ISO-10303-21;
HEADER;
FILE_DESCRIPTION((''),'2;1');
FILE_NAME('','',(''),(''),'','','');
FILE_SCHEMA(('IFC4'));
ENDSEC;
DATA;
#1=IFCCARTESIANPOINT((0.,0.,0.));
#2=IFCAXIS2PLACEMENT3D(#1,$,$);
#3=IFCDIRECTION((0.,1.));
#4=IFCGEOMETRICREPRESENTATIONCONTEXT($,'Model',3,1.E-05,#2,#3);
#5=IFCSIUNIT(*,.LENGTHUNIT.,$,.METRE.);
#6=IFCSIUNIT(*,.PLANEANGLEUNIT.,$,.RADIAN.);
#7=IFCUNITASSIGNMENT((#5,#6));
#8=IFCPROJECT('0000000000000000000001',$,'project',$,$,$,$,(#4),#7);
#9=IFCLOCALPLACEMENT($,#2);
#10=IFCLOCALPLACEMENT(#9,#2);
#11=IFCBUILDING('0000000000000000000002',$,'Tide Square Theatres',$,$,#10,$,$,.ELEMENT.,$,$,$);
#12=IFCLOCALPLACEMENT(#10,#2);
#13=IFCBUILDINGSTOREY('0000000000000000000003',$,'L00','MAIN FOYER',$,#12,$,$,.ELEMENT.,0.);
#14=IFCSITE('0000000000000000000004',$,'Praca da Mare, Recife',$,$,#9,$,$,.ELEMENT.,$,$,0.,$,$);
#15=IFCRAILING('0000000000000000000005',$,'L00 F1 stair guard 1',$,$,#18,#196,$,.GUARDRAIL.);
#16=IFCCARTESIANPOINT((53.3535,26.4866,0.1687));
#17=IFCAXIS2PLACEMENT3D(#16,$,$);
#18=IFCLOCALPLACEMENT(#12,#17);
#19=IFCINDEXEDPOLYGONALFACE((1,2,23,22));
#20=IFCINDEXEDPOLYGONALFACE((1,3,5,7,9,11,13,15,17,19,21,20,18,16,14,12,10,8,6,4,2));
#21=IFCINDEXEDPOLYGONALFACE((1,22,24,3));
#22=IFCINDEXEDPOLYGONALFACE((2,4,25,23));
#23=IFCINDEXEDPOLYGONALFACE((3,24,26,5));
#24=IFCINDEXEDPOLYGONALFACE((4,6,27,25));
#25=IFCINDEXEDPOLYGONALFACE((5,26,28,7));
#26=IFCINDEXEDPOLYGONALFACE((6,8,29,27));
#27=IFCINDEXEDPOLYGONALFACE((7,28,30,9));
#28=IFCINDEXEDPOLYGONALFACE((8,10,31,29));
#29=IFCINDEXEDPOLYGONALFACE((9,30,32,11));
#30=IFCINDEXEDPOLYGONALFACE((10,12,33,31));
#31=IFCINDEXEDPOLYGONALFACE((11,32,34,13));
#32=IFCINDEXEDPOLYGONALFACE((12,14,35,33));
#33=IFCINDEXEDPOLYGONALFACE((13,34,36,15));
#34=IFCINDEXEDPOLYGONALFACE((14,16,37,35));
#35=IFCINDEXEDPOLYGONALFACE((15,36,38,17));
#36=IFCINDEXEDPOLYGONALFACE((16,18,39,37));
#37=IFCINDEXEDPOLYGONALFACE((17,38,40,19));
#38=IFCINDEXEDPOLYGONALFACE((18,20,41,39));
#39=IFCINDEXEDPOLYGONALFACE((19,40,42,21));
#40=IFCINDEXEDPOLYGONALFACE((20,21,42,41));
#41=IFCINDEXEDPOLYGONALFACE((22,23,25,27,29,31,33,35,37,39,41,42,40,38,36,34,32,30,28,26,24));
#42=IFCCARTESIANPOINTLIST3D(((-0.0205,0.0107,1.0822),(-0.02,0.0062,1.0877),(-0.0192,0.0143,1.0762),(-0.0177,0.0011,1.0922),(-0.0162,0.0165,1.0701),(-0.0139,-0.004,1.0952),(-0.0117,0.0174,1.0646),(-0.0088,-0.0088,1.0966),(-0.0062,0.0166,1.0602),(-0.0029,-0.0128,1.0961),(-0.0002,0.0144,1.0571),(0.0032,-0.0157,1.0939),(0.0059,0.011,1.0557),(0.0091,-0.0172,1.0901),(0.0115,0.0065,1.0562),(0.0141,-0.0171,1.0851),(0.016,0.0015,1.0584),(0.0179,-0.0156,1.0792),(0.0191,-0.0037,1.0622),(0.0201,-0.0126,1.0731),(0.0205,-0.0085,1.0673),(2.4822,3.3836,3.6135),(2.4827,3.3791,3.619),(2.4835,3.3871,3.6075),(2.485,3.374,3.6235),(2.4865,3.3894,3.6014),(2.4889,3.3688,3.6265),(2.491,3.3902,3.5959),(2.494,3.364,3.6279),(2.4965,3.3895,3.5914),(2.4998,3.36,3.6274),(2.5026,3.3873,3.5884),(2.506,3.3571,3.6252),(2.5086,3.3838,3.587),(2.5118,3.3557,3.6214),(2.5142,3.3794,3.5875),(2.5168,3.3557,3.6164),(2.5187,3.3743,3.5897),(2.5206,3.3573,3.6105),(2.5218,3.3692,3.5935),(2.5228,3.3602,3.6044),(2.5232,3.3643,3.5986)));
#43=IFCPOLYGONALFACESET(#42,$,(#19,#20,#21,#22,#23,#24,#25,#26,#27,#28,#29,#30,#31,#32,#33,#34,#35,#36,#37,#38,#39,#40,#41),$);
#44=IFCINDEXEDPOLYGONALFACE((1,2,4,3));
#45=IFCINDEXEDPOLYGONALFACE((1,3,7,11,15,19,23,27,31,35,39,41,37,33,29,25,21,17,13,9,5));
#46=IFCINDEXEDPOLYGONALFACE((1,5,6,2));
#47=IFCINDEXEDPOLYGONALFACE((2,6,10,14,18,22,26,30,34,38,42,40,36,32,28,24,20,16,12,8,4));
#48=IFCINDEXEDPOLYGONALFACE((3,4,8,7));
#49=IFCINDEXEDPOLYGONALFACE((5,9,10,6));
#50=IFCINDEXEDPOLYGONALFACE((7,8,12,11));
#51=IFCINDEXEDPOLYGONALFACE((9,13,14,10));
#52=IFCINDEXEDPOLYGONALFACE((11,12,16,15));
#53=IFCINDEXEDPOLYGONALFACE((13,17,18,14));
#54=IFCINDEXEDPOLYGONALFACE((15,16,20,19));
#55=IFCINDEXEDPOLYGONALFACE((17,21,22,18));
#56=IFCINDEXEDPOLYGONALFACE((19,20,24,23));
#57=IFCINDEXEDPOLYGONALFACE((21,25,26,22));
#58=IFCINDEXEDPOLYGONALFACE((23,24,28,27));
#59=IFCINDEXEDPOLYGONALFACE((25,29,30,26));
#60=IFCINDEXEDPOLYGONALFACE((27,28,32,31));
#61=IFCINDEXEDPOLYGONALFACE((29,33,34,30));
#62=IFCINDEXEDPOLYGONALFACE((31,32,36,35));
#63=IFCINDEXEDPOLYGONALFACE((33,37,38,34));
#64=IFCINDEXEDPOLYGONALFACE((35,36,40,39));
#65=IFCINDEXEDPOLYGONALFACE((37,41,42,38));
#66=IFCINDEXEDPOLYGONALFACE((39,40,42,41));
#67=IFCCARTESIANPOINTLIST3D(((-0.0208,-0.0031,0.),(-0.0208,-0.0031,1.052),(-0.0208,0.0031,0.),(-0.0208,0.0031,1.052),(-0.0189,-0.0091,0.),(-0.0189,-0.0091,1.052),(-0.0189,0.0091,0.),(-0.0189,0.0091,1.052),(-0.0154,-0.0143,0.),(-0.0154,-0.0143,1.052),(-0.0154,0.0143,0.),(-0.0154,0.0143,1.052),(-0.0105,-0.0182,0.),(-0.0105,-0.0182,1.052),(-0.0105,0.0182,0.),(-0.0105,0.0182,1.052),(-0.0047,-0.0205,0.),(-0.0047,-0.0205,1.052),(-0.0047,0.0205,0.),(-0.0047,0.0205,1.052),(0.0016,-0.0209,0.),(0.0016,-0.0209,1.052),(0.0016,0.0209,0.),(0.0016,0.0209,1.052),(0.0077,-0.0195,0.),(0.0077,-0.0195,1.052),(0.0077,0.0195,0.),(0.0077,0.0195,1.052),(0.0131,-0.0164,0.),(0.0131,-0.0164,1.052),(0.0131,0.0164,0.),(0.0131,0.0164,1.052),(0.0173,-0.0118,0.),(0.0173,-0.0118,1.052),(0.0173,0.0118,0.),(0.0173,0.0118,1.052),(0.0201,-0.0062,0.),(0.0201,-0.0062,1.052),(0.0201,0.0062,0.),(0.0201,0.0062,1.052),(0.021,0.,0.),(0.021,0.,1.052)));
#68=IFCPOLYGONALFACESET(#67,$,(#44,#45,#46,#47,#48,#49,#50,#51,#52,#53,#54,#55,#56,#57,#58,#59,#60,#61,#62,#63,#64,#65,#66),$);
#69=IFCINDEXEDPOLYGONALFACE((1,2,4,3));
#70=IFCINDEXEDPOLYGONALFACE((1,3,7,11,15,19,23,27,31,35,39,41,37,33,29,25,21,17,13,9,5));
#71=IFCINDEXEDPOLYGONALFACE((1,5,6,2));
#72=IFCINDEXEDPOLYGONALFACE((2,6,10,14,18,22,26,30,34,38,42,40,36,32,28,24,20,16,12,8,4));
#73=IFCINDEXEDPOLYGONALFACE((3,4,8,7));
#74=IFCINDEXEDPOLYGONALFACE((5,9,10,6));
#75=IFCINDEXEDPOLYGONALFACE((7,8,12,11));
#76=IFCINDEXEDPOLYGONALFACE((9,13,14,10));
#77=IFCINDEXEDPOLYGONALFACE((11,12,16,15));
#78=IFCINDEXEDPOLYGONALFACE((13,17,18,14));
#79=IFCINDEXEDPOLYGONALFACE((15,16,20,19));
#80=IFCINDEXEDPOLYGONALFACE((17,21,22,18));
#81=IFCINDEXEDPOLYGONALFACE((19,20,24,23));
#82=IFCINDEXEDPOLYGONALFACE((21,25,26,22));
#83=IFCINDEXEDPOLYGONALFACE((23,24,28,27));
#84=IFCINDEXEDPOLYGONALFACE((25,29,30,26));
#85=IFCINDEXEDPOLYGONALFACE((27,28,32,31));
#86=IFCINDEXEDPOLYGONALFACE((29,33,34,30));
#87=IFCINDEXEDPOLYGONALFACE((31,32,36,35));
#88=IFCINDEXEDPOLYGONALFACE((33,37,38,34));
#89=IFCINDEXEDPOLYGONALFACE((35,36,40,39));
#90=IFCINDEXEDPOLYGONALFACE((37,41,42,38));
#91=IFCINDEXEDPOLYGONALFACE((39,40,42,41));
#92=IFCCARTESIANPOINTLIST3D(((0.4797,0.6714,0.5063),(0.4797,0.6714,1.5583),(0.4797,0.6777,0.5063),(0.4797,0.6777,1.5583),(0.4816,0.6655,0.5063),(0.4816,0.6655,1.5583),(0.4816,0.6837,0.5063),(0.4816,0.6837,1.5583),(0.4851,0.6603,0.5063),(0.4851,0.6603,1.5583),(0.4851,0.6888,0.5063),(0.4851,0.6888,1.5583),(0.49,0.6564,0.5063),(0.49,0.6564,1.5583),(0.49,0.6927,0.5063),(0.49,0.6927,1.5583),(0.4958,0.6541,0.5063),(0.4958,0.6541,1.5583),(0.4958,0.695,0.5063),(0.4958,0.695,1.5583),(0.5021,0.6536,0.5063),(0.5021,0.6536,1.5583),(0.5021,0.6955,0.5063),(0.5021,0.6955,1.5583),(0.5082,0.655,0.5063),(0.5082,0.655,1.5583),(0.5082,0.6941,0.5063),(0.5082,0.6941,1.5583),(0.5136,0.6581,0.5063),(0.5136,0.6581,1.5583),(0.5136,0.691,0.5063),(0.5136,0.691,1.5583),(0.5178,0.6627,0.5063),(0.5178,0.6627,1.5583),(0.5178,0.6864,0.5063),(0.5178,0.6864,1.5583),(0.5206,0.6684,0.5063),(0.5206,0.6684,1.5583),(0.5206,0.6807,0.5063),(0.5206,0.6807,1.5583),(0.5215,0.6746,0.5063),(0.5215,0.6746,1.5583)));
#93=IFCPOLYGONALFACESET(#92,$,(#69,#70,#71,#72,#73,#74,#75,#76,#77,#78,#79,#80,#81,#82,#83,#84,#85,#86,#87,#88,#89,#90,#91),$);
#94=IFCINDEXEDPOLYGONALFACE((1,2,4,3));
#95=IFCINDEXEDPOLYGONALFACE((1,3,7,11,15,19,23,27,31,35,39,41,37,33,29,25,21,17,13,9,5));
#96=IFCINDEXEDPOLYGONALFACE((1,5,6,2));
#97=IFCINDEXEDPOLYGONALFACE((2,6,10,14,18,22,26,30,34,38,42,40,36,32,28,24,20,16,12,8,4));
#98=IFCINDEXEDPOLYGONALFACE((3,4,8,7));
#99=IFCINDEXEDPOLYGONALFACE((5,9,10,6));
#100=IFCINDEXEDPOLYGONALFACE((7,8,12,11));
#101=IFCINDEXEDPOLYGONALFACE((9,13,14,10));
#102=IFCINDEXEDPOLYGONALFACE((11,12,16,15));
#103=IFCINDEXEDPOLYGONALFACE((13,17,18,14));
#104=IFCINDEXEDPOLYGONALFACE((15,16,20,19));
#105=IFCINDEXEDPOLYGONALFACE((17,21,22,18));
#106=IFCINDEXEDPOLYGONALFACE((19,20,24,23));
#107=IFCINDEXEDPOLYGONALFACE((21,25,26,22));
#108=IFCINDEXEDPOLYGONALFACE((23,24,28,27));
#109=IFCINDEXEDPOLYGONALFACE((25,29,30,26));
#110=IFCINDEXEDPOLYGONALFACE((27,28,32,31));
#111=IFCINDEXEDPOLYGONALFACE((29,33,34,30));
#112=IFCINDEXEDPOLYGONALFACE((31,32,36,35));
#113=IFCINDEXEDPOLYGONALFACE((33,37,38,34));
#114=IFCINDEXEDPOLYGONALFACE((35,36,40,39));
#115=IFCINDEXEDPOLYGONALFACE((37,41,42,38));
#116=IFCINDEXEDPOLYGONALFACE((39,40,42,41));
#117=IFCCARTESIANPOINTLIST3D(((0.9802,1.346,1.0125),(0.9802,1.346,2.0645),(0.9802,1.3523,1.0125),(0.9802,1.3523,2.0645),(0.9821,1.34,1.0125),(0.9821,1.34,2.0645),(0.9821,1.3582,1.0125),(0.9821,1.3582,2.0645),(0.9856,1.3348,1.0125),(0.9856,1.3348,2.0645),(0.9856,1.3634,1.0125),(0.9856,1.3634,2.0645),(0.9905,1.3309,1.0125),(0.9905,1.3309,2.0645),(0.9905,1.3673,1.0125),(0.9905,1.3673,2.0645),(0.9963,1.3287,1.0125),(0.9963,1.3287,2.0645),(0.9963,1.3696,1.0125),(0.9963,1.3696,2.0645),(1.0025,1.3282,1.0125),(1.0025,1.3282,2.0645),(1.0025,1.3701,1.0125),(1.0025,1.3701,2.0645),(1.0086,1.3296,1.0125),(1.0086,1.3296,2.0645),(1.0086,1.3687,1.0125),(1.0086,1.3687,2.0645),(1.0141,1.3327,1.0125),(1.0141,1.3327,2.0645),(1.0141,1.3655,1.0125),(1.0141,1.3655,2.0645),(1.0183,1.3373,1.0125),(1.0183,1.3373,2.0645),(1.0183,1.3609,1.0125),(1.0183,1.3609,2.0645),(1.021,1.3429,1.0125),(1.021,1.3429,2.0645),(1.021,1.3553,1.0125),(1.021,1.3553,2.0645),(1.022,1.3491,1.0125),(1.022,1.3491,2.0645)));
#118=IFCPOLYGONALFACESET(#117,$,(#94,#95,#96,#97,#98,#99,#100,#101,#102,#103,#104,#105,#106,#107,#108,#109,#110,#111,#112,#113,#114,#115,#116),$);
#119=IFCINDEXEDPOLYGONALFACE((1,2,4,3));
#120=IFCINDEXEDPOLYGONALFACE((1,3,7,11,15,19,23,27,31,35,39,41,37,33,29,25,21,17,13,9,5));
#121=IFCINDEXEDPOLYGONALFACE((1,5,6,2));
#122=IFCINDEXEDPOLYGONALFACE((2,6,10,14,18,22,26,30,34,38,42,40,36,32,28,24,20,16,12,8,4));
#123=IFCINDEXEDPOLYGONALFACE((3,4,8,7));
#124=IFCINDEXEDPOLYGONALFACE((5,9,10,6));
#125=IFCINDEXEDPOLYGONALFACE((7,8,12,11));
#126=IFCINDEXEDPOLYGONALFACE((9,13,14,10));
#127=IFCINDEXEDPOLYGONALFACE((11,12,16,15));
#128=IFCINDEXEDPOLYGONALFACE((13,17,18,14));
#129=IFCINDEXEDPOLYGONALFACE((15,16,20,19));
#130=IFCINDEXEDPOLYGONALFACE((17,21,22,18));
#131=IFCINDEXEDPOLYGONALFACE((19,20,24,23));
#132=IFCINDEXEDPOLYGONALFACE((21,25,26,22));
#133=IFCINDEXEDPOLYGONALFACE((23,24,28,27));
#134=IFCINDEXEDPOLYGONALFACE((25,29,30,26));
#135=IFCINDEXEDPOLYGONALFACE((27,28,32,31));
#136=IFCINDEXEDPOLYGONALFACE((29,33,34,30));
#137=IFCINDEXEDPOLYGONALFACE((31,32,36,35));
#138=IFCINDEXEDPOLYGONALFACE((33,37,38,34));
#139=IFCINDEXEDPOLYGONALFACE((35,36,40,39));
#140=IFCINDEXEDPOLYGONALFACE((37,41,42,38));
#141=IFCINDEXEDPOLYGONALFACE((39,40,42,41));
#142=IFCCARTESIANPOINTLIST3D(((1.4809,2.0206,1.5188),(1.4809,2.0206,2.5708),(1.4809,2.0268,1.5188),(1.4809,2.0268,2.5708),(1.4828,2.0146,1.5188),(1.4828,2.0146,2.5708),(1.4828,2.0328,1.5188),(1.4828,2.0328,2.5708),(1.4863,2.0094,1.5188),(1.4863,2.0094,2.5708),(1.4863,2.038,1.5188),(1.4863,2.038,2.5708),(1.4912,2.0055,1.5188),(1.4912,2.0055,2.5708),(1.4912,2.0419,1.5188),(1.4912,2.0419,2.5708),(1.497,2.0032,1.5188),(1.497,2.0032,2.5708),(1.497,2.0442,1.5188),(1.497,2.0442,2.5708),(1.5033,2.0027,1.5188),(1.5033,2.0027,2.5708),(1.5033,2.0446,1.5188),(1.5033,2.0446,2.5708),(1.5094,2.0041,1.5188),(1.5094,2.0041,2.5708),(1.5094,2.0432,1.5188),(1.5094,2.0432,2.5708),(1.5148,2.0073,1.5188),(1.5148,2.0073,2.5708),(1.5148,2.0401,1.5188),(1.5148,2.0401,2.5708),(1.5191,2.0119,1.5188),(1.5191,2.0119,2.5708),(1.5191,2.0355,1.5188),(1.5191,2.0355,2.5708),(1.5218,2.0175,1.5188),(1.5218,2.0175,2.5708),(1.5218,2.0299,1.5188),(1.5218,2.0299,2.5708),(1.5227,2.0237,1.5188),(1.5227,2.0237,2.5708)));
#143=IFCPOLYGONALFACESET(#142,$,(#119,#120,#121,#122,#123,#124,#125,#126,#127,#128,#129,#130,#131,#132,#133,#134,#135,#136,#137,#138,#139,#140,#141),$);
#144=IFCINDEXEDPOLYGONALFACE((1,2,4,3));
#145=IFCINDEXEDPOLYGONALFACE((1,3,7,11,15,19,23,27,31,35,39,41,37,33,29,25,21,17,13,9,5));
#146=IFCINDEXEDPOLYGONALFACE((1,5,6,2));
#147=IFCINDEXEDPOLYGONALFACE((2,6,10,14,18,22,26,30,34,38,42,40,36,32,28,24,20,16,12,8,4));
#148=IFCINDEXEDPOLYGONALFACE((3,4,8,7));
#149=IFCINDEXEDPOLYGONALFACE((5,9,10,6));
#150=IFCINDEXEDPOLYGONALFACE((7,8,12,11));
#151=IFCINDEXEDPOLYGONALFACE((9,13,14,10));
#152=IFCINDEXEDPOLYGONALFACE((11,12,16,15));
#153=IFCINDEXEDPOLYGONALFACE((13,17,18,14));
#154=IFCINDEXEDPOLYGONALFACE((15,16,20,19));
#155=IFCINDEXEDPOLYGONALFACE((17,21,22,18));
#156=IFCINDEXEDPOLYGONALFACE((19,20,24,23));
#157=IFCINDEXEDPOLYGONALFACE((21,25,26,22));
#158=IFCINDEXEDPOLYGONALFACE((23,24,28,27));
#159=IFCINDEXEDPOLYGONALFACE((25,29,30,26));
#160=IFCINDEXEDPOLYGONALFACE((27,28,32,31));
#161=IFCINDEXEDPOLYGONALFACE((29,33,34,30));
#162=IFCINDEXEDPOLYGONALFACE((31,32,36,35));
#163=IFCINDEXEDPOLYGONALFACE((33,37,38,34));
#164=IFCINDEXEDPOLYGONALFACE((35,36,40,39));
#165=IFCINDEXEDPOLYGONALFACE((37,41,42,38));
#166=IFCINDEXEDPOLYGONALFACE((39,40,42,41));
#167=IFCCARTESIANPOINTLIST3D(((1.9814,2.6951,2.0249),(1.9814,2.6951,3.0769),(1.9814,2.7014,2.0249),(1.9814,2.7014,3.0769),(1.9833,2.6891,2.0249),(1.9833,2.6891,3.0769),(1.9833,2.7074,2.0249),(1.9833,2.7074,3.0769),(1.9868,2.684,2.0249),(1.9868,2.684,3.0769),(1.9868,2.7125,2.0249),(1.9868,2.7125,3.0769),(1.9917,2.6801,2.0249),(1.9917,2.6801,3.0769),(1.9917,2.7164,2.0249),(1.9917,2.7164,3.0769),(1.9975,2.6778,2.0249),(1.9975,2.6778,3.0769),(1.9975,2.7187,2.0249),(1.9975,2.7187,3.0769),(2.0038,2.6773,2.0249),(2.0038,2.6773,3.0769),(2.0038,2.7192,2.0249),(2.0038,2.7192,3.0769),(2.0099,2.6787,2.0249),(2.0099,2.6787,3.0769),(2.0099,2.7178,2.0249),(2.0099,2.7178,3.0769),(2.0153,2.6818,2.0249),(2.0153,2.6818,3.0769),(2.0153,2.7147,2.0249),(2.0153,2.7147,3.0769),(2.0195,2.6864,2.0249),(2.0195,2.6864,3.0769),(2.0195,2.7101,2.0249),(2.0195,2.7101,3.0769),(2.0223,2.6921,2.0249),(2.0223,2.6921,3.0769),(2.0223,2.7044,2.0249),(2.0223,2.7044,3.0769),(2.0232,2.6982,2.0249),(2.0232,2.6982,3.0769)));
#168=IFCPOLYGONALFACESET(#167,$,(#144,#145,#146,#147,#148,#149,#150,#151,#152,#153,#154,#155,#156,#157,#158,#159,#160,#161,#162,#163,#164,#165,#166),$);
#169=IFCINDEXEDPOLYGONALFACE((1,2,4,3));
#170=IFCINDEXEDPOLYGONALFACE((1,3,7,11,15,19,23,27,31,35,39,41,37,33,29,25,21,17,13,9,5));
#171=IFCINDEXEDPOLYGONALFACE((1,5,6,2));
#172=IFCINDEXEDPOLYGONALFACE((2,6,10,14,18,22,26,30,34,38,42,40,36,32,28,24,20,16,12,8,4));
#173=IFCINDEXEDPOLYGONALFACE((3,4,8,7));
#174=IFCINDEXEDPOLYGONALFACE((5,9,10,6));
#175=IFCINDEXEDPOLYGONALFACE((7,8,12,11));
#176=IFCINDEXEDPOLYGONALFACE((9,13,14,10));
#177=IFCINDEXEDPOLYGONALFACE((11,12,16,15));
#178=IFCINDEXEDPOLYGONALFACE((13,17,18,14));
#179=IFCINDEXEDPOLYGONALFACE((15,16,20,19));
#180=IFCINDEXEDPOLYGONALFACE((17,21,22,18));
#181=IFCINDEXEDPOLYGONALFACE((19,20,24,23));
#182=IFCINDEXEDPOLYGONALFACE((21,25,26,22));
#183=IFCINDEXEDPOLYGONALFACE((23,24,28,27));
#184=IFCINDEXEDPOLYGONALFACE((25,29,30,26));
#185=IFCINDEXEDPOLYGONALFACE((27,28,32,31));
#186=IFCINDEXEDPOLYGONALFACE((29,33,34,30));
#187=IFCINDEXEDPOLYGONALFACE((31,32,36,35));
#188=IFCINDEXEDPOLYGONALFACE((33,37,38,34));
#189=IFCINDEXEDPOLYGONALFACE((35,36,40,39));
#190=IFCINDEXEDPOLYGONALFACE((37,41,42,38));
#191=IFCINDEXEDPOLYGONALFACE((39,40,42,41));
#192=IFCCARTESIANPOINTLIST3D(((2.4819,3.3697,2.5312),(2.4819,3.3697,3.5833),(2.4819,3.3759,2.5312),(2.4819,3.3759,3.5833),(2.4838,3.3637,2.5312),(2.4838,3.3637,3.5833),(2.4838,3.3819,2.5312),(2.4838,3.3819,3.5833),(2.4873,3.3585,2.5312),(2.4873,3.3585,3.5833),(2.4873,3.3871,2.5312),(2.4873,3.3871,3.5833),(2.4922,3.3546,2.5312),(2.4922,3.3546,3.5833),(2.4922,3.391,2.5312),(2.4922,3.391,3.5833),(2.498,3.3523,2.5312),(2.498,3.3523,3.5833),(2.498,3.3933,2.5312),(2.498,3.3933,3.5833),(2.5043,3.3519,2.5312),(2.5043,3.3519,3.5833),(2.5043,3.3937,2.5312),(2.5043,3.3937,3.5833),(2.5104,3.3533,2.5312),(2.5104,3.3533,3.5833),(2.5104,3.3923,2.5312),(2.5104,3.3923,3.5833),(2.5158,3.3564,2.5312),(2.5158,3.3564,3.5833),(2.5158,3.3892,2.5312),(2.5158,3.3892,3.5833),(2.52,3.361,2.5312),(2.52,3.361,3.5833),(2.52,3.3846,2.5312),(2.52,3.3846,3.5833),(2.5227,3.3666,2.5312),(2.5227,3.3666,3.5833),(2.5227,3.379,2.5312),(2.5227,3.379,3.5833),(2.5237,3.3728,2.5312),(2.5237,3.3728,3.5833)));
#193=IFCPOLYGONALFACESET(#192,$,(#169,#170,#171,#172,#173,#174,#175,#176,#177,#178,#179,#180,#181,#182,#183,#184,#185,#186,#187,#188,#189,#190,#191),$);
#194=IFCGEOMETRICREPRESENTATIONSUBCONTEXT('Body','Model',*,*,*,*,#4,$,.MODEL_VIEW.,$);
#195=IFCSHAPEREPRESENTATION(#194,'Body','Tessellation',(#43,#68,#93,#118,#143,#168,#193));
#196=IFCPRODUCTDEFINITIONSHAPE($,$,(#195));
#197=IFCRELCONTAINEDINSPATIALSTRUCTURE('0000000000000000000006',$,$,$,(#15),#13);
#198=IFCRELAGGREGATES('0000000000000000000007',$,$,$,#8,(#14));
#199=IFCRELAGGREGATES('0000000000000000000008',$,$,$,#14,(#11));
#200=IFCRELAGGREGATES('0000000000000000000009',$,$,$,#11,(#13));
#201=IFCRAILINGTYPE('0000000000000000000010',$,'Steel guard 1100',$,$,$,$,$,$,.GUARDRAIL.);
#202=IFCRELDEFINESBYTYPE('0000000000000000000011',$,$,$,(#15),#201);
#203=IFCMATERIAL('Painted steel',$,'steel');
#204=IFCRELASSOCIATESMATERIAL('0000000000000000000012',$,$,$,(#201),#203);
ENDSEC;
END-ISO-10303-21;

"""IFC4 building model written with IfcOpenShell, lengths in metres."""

from ifc_helpers import new_model, si_unit, direction, frame, origin, origin_2d, place, context, subcontext, project, spatial, circle, extrude, material, type_object, element, save


model = new_model("IFC4")

# Units and contexts
model_context = context("Model", 3, precision=1e-05, world=origin(), true_north=direction((0.0, 1.0)))
body_context = subcontext(model_context, "Body", "Model", "MODEL_VIEW")
ifc_project = project(units=[si_unit("LENGTHUNIT", "METRE"), si_unit("PLANEANGLEUNIT", "RADIAN")], contexts=[model_context])

# Site, building, storey
site_placement = place(None, origin())
site = spatial("IfcSite", under=ifc_project, at=site_placement, Name="Praca da Mare, Recife", CompositionType="ELEMENT", RefElevation=0.0)
building_placement = place(site_placement, origin())
building = spatial("IfcBuilding", under=site, at=building_placement, Name="Tide Square Theatres", CompositionType="ELEMENT")
storey_placement = place(building_placement, origin())
storey = spatial("IfcBuildingStorey", under=building, at=storey_placement, Name="L00", Description="MAIN FOYER", CompositionType="ELEMENT", Elevation=0.0)

# Railing
ifc_material_1 = material(Name="Painted steel", Category="steel")
railing_type_1 = type_object("IfcRailingType", Name="Steel guard 1100", PredefinedType="GUARDRAIL", material=ifc_material_1)
railing_1_placement = place(storey_placement, frame((53.3535, 26.4866, 0.1687)))
element("IfcRailing", 1, at=railing_1_placement, inside=storey, type_object=railing_type_1, Name="L00 F1 stair guard 1", PredefinedType="GUARDRAIL", context=body_context, shape_type="SweptSolid", body=[
    extrude(circle(Radius=0.0239, at=origin_2d()), frame((0.0, 0.0, 1.0762), z_axis=(0.510365, 0.687805, 0.51619), x_axis=(-0.803066, 0.59589, 0.0)), (0.0, 0.0, 1.0), 4.9038),
    extrude(circle(Radius=0.021, at=origin_2d()), origin(), (0.0, 0.0, 1.0), 1.052),
    extrude(circle(Radius=0.021, at=origin_2d()), frame((0.5005, 0.6746, 0.5063)), (0.0, 0.0, 1.0), 1.052),
    extrude(circle(Radius=0.021, at=origin_2d()), frame((1.001, 1.3491, 1.0125)), (0.0, 0.0, 1.0), 1.052),
    extrude(circle(Radius=0.021, at=origin_2d()), frame((1.5017, 2.0237, 1.5188)), (0.0, 0.0, 1.0), 1.052),
    extrude(circle(Radius=0.021, at=origin_2d()), frame((2.0022, 2.6982, 2.0249)), (0.0, 0.0, 1.0), 1.052),
    extrude(circle(Radius=0.021, at=origin_2d()), frame((2.5027, 3.3728, 2.5312)), (0.0, 0.0, 1.0), 1.052),
])

save(model, "model.ifc")
